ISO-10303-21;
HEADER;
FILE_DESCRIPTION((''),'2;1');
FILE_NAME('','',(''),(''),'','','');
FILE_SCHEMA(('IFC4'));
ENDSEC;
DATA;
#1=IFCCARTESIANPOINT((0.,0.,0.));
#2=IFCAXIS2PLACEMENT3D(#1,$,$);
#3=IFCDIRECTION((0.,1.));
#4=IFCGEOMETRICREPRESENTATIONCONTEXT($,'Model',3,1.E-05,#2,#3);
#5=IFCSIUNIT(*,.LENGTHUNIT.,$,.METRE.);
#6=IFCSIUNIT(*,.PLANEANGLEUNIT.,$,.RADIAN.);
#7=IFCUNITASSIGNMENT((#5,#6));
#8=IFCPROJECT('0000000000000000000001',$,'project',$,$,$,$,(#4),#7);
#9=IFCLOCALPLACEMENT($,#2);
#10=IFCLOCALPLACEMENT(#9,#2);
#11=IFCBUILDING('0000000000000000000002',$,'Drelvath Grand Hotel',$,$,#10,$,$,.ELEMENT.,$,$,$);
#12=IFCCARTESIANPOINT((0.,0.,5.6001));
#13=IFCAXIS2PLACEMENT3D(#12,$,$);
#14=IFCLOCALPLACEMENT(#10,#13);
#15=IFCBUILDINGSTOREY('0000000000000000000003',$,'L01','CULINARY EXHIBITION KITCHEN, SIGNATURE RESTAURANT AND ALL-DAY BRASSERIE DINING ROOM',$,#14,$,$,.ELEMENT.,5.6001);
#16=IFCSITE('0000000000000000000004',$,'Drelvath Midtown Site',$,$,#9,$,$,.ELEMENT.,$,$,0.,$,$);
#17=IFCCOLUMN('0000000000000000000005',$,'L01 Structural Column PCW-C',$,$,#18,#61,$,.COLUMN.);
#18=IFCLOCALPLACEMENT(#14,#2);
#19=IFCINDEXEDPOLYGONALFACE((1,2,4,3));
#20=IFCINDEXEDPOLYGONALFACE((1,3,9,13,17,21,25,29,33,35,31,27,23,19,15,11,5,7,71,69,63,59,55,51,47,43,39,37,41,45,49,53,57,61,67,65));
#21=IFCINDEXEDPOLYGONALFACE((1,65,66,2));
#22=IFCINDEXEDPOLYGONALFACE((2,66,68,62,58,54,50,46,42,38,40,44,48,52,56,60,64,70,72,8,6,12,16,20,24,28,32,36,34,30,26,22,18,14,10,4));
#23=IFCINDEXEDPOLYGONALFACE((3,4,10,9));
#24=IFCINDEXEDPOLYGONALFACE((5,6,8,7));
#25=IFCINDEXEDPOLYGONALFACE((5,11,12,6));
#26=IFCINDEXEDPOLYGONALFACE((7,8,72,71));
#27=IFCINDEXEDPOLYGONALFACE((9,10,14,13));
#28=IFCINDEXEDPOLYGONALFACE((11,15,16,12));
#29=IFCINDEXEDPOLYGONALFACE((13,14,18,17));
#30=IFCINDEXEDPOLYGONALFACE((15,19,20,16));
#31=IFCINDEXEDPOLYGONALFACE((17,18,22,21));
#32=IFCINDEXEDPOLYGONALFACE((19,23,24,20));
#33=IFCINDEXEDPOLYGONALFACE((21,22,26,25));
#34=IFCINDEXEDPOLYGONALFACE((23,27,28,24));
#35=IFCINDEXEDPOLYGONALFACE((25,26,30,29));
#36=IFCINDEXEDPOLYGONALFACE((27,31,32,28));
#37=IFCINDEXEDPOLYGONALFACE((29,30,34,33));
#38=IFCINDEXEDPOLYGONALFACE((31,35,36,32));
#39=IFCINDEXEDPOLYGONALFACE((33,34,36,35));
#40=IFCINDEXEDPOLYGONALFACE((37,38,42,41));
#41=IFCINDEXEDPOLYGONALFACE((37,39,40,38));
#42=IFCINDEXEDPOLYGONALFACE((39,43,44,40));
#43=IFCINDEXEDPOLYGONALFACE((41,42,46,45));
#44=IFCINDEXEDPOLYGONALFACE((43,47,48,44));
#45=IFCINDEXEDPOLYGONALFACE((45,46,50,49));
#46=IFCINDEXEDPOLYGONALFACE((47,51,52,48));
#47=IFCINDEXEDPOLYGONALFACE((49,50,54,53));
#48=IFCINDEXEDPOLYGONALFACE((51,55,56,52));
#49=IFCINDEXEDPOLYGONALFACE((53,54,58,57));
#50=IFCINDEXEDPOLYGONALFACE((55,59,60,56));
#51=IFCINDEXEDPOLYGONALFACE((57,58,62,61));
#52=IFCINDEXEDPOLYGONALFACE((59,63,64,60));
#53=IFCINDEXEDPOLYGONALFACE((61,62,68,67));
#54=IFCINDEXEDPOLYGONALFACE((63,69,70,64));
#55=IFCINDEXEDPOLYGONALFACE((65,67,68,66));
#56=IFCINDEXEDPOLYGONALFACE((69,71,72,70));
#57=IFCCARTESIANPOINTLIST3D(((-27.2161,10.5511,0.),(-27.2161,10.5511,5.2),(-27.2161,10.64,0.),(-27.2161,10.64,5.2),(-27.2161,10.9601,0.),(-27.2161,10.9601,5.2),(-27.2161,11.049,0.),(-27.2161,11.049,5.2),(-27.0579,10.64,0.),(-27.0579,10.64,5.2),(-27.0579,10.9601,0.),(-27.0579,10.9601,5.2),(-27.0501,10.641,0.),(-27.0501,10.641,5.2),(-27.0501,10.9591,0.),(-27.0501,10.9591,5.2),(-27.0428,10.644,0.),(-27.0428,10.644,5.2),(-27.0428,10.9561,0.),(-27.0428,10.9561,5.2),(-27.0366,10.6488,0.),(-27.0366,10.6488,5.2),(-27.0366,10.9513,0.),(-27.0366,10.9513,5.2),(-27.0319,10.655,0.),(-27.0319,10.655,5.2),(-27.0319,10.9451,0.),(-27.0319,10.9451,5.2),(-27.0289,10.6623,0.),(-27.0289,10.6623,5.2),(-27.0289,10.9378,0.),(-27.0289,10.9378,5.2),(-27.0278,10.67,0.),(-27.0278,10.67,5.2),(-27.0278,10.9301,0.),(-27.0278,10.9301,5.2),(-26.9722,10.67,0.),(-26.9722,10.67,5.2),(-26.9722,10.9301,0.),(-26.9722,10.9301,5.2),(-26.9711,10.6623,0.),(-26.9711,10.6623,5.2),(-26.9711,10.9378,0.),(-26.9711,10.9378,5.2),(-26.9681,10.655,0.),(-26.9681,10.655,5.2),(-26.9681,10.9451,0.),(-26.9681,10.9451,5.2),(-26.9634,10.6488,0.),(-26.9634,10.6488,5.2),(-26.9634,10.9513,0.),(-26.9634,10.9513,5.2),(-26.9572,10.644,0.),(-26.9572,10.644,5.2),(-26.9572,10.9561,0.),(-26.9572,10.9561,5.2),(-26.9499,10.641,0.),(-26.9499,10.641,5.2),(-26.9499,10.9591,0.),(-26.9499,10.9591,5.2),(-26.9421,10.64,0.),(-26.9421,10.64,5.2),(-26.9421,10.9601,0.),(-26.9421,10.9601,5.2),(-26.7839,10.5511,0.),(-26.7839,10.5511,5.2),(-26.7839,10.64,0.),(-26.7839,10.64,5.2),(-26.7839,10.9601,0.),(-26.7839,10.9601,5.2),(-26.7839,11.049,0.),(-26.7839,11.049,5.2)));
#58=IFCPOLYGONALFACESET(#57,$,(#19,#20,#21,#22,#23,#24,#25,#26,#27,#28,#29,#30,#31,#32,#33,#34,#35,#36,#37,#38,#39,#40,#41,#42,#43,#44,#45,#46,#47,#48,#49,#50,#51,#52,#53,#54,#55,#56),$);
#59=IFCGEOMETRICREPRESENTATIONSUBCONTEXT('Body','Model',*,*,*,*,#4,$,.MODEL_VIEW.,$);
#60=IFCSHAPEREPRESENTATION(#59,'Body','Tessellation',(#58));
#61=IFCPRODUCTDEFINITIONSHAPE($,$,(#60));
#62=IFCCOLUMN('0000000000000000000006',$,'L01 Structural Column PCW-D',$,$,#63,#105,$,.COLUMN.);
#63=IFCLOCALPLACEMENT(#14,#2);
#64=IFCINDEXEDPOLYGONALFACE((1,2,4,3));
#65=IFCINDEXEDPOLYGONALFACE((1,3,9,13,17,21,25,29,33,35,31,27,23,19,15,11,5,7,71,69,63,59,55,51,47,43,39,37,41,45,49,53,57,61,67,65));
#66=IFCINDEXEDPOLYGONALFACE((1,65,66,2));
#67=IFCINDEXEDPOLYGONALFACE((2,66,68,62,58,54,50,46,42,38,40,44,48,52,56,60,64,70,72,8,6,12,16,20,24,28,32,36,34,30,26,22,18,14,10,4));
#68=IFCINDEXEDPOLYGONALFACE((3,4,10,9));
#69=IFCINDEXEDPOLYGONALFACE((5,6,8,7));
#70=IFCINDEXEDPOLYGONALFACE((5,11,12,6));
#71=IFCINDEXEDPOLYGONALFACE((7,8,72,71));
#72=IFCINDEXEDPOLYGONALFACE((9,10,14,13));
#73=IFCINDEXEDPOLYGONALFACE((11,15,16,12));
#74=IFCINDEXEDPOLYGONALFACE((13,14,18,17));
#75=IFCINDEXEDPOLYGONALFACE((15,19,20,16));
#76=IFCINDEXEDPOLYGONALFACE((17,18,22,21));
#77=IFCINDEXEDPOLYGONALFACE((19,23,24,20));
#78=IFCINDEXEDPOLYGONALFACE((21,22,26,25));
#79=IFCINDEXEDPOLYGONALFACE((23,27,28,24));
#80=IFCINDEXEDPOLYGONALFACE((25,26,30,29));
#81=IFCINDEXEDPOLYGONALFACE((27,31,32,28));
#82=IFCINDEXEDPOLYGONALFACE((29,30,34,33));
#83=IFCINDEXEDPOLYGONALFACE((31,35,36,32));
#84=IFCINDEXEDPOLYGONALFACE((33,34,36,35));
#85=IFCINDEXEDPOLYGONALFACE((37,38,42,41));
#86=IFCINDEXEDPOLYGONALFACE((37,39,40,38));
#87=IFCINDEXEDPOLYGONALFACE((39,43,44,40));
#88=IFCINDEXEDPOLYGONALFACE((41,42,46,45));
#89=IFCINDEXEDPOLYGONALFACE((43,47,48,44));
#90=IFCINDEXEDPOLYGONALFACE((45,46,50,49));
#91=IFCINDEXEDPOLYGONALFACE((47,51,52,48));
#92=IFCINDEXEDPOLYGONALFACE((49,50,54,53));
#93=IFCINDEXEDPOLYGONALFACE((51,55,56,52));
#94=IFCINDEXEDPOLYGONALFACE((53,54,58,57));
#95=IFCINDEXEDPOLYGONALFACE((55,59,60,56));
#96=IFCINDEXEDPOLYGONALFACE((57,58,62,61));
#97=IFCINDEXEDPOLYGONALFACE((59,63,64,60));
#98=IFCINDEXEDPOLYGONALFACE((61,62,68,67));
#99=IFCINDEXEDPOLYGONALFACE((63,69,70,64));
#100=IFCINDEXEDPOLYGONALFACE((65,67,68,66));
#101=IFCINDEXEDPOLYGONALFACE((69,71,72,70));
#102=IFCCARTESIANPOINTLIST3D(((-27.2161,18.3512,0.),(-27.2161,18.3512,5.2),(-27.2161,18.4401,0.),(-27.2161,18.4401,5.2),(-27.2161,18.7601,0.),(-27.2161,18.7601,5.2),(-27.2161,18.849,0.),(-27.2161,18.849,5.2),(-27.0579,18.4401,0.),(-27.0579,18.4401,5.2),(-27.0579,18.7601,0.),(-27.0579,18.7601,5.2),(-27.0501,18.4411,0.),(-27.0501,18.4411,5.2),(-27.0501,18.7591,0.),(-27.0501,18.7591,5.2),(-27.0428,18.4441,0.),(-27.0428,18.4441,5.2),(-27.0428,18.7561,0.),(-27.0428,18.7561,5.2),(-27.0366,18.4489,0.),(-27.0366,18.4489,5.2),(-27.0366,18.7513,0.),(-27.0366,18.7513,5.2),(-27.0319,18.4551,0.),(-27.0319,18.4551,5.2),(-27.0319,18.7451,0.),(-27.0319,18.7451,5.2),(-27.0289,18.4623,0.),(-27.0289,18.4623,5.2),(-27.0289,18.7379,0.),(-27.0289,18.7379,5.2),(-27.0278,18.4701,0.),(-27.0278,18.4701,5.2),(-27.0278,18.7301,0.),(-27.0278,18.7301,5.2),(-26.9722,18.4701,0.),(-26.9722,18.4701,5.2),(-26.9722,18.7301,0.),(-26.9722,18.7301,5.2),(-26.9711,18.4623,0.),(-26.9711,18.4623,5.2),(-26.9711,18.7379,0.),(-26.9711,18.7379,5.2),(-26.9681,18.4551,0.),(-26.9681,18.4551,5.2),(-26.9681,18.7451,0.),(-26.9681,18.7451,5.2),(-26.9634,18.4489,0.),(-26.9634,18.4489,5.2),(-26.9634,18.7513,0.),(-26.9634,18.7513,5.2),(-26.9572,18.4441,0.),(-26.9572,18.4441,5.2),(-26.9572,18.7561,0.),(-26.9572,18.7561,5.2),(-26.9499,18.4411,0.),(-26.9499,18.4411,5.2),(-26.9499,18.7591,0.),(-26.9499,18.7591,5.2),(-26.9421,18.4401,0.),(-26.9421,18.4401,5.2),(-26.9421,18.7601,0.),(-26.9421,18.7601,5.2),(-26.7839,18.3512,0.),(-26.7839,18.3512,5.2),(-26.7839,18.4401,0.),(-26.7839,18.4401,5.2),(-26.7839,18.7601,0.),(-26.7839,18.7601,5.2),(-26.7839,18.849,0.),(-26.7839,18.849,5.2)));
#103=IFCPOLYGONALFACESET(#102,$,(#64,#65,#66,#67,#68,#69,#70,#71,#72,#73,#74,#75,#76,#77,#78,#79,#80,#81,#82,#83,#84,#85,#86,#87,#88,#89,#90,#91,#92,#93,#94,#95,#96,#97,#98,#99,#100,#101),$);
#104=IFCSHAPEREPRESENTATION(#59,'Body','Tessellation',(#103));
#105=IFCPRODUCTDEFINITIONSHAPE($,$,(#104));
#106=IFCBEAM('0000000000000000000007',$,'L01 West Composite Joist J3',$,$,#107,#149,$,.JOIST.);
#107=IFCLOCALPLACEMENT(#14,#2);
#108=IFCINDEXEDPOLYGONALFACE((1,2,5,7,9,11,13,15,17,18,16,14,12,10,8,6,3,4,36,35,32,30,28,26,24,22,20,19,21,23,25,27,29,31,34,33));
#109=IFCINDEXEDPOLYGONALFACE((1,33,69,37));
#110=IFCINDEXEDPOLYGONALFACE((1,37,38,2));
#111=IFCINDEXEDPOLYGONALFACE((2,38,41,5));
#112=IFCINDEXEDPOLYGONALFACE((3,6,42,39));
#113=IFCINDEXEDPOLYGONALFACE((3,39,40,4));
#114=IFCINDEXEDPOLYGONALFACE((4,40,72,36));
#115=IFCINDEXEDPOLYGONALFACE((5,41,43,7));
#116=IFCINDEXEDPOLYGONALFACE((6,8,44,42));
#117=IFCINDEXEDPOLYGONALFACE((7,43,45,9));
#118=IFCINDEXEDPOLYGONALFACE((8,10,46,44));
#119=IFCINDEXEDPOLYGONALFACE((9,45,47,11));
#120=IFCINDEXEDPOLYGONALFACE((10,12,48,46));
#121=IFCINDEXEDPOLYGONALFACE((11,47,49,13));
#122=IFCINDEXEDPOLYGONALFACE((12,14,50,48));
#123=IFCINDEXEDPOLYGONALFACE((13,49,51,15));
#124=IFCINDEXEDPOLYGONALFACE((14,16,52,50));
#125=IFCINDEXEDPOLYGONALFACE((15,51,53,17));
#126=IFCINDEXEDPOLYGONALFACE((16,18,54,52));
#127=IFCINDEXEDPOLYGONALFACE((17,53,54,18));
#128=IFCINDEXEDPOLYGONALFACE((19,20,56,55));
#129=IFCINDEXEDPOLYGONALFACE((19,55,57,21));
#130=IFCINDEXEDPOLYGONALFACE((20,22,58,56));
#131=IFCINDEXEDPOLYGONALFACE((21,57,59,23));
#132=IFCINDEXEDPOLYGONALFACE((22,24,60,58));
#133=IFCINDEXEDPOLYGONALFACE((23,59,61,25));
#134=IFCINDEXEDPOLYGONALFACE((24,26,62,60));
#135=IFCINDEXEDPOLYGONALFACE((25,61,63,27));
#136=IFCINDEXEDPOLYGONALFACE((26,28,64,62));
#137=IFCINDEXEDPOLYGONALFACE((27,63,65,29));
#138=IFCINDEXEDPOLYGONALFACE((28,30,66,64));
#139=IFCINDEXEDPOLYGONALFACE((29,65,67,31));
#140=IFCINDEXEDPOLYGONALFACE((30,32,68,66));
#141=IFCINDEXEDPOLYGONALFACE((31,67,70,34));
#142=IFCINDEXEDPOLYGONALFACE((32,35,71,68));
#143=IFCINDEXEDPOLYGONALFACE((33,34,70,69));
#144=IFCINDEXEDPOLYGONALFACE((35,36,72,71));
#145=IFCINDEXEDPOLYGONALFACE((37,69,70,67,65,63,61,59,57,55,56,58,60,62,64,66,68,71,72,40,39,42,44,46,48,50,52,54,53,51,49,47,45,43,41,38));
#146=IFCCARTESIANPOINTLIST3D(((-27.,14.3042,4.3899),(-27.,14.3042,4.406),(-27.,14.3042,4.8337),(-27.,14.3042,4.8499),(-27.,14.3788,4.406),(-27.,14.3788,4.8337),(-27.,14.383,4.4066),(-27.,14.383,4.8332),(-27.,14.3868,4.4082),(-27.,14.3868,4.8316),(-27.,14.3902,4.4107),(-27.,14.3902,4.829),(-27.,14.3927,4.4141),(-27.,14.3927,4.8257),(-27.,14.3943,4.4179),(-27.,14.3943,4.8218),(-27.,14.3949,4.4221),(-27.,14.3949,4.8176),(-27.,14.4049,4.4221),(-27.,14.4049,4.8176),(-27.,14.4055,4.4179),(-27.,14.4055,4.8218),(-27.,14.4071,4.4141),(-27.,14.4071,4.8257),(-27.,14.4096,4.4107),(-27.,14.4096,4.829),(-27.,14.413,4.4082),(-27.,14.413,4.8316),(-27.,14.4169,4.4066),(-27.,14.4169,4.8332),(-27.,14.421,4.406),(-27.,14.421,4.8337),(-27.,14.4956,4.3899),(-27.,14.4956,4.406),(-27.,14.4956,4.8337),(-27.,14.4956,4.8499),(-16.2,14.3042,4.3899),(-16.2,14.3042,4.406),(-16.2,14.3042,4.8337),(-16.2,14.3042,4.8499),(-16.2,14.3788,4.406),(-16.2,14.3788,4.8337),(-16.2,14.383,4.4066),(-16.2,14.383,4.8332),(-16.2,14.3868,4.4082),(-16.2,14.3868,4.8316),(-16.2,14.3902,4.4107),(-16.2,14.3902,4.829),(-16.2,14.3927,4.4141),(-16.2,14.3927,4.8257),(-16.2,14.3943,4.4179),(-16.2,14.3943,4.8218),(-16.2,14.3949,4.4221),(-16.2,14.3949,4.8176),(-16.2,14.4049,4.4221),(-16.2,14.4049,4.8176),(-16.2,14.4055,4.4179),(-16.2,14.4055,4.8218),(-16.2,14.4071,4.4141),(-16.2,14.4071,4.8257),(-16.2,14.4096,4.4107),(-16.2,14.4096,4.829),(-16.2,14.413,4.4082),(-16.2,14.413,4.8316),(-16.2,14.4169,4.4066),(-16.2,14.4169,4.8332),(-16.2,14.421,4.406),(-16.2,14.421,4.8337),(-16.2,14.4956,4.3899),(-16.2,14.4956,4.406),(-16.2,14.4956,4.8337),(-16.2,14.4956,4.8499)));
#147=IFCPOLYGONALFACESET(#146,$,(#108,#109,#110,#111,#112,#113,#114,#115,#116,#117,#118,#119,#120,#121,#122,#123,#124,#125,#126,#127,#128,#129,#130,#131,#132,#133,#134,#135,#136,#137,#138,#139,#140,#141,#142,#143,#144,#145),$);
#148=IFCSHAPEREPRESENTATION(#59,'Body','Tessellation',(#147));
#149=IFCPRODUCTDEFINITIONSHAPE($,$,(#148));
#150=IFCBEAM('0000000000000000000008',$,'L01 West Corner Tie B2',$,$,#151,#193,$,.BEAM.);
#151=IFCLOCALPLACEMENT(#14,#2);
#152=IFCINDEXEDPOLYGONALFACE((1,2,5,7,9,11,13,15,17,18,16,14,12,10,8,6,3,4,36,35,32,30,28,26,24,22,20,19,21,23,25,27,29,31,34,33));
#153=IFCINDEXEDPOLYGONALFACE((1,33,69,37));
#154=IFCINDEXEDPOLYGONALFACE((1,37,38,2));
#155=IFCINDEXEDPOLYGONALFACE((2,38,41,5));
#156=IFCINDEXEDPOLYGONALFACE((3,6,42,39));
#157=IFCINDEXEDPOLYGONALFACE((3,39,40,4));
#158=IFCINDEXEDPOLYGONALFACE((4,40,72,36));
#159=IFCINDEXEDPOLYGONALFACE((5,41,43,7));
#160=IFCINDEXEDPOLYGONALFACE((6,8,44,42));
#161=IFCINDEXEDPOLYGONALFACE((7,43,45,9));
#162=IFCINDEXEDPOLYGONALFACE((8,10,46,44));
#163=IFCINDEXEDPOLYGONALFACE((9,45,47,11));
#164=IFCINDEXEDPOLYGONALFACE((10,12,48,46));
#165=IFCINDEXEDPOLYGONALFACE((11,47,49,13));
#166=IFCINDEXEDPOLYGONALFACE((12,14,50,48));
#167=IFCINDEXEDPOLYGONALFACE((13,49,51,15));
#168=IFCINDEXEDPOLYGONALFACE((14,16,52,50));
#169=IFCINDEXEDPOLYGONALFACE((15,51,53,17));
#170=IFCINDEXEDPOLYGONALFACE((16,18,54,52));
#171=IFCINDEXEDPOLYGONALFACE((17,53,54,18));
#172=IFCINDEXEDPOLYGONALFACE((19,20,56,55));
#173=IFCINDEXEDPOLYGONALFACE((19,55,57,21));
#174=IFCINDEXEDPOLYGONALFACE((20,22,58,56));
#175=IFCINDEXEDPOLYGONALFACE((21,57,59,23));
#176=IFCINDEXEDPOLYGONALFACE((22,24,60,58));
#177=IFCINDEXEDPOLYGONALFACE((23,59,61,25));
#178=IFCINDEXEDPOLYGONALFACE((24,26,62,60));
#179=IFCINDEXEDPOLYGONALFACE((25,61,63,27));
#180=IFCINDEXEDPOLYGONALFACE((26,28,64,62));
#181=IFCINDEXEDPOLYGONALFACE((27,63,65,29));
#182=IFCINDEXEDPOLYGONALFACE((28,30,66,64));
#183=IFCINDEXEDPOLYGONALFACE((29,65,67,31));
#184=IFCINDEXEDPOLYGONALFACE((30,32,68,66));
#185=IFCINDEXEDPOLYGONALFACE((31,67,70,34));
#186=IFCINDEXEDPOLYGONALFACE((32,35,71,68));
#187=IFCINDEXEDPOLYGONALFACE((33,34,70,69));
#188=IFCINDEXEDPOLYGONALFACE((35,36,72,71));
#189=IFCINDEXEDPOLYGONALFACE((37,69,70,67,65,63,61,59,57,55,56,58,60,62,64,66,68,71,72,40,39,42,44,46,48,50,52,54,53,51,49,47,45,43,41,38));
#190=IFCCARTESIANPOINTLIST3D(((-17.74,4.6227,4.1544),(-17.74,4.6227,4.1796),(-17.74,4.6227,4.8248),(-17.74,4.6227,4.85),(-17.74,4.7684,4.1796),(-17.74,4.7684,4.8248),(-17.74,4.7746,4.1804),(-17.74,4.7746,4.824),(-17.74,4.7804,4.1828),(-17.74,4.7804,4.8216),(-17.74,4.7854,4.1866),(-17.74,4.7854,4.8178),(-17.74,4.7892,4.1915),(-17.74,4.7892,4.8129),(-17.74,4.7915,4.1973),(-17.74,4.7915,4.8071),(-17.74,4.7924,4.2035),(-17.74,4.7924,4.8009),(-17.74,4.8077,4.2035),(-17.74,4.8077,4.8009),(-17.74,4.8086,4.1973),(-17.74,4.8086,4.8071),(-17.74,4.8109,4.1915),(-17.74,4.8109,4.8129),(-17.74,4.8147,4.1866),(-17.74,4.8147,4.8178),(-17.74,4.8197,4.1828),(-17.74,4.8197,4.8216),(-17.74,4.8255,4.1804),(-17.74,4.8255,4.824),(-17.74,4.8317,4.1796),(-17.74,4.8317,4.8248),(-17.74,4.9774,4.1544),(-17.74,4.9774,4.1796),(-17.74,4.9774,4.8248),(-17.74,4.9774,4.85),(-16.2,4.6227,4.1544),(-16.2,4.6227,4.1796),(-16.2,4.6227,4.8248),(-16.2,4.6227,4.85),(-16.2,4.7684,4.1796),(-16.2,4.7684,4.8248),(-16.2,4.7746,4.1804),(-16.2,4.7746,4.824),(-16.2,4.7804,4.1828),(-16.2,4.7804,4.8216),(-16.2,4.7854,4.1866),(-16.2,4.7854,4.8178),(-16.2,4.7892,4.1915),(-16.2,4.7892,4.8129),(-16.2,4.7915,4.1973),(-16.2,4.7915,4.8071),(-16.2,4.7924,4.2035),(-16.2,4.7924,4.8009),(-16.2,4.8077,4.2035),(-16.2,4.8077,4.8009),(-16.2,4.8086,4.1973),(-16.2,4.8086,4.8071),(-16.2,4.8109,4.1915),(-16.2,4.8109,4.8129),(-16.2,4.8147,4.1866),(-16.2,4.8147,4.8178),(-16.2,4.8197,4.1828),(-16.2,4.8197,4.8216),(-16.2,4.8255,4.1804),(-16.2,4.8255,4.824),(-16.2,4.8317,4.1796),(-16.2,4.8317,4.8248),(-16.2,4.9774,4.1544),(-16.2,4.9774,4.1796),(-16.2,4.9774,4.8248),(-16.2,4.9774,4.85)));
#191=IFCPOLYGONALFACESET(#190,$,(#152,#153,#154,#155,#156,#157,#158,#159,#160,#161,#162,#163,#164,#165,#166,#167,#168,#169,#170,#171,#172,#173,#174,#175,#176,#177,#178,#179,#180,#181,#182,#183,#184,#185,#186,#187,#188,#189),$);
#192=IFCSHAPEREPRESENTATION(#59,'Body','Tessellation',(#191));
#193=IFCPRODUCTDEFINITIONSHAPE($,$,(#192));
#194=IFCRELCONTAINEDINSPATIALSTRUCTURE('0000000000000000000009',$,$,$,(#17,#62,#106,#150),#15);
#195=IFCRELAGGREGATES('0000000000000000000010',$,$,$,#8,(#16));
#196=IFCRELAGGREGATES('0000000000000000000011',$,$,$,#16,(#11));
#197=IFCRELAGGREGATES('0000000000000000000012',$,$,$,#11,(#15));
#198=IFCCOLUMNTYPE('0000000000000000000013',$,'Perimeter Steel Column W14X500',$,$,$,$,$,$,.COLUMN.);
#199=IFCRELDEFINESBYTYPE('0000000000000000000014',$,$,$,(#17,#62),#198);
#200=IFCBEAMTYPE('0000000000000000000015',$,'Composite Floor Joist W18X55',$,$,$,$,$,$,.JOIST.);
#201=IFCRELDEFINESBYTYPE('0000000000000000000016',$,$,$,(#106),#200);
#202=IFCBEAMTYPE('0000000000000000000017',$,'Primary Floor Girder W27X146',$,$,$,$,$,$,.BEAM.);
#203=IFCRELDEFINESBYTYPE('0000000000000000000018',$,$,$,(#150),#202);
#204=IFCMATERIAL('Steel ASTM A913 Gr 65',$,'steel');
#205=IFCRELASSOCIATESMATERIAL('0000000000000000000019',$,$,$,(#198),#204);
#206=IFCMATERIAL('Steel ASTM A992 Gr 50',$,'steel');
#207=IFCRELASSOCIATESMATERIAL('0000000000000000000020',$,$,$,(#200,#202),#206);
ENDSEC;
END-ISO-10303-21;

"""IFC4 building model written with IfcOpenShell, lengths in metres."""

from ifc_helpers import new_model, si_unit, direction, frame, origin, origin_2d, place, context, subcontext, project, spatial, i_section, extrude, material, material_profile, profile_set, type_object, element, save


model = new_model("IFC4")

# Units and contexts
model_context = context("Model", 3, precision=1e-05, world=origin(), true_north=direction((0.0, 1.0)))
body_context = subcontext(model_context, "Body", "Model", "MODEL_VIEW")
ifc_project = project(units=[si_unit("LENGTHUNIT", "METRE"), si_unit("PLANEANGLEUNIT", "RADIAN")], contexts=[model_context])

# Site, building, storey
site_placement = place(None, origin())
site = spatial("IfcSite", under=ifc_project, at=site_placement, Name="Drelvath Midtown Site", CompositionType="ELEMENT", RefElevation=0.0)
building_placement = place(site_placement, origin())
building = spatial("IfcBuilding", under=site, at=building_placement, Name="Drelvath Grand Hotel", CompositionType="ELEMENT")
storey_placement = place(building_placement, frame((0.0, 0.0, 5.6001)))
storey = spatial("IfcBuildingStorey", under=building, at=storey_placement, Name="L01", Description="CULINARY EXHIBITION KITCHEN, SIGNATURE RESTAURANT AND ALL-DAY BRASSERIE DINING ROOM", CompositionType="ELEMENT", Elevation=5.6001)

# Columns
ifc_material_1 = material(Name="Steel ASTM A913 Gr 65", Category="steel")
ifc_material_profile_1 = material_profile(ifc_material_1, i_section(OverallWidth=0.4321, OverallDepth=0.4978, WebThickness=0.0557, FlangeThickness=0.0889, FilletRadius=0.03, at=origin_2d()), Name="W14X500")
ifc_profile_set_1 = profile_set([ifc_material_profile_1], Name="Steel ASTM A913 Gr 65")
column_type = type_object("IfcColumnType", Name="Perimeter Steel Column W14X500", PredefinedType="COLUMN", material=ifc_profile_set_1)
for number, where, z_axis, x_axis, name in (
    (1, (-27.0, 10.8, 0.0), (0.0, 0.0, 1.0), (1.0, 0.0, 0.0), "L01 Structural Column PCW-C"),
    (2, (-27.0, 18.6001, 0.0), (0.0, 0.0, 1.0), (1.0, 0.0, 0.0), "L01 Structural Column PCW-D"),
):
    element("IfcColumn", number, at=place(storey_placement, frame(where, z_axis=z_axis, x_axis=x_axis)), inside=storey, type_object=column_type, Name=name, PredefinedType="COLUMN", context=body_context, shape_type="SweptSolid", body=[
        extrude(i_section(OverallWidth=0.4321, OverallDepth=0.4978, WebThickness=0.0557, FlangeThickness=0.0889, FilletRadius=0.03, at=origin_2d()), origin(), (0.0, 0.0, 1.0), 5.2),
    ])

# Beams
ifc_material_2 = material(Name="Steel ASTM A992 Gr 50", Category="steel")
ifc_material_profile_2 = material_profile(ifc_material_2, i_section(OverallWidth=0.1914, OverallDepth=0.46, WebThickness=0.01, FlangeThickness=0.0161, FilletRadius=0.0161, at=origin_2d()), Name="W18X55")
ifc_profile_set_2 = profile_set([ifc_material_profile_2], Name="Steel ASTM A992 Gr 50")
beam_type_1 = type_object("IfcBeamType", Name="Composite Floor Joist W18X55", PredefinedType="JOIST", material=ifc_profile_set_2)
beam_1_placement = place(storey_placement, frame((-27.0, 14.3999, 4.6199), z_axis=(1.0, 0.0, 0.0), x_axis=(0.0, 1.0, 0.0)))
element("IfcBeam", 3, at=beam_1_placement, inside=storey, type_object=beam_type_1, Name="L01 West Composite Joist J3", PredefinedType="JOIST", context=body_context, shape_type="SweptSolid", body=[
    extrude(i_section(OverallWidth=0.1914, OverallDepth=0.46, WebThickness=0.01, FlangeThickness=0.0161, FilletRadius=0.0161, at=origin_2d()), origin(), (0.0, 0.0, 1.0), 10.8),
])
ifc_material_profile_3 = material_profile(ifc_material_2, i_section(OverallWidth=0.3547, OverallDepth=0.6956, WebThickness=0.0154, FlangeThickness=0.0251, FilletRadius=0.0239, at=origin_2d()), Name="W27X146")
ifc_profile_set_3 = profile_set([ifc_material_profile_3], Name="Steel ASTM A992 Gr 50")
beam_type_2 = type_object("IfcBeamType", Name="Primary Floor Girder W27X146", PredefinedType="BEAM", material=ifc_profile_set_3)
beam_2_placement = place(storey_placement, frame((-17.74, 4.8, 4.5022), z_axis=(1.0, 0.0, 0.0), x_axis=(0.0, 1.0, 0.0)))
element("IfcBeam", 4, at=beam_2_placement, inside=storey, type_object=beam_type_2, Name="L01 West Corner Tie B2", PredefinedType="BEAM", context=body_context, shape_type="SweptSolid", body=[
    extrude(i_section(OverallWidth=0.3547, OverallDepth=0.6956, WebThickness=0.0154, FlangeThickness=0.0251, FilletRadius=0.0239, at=origin_2d()), origin(), (0.0, 0.0, 1.0), 1.54),
])

save(model, "model.ifc")
